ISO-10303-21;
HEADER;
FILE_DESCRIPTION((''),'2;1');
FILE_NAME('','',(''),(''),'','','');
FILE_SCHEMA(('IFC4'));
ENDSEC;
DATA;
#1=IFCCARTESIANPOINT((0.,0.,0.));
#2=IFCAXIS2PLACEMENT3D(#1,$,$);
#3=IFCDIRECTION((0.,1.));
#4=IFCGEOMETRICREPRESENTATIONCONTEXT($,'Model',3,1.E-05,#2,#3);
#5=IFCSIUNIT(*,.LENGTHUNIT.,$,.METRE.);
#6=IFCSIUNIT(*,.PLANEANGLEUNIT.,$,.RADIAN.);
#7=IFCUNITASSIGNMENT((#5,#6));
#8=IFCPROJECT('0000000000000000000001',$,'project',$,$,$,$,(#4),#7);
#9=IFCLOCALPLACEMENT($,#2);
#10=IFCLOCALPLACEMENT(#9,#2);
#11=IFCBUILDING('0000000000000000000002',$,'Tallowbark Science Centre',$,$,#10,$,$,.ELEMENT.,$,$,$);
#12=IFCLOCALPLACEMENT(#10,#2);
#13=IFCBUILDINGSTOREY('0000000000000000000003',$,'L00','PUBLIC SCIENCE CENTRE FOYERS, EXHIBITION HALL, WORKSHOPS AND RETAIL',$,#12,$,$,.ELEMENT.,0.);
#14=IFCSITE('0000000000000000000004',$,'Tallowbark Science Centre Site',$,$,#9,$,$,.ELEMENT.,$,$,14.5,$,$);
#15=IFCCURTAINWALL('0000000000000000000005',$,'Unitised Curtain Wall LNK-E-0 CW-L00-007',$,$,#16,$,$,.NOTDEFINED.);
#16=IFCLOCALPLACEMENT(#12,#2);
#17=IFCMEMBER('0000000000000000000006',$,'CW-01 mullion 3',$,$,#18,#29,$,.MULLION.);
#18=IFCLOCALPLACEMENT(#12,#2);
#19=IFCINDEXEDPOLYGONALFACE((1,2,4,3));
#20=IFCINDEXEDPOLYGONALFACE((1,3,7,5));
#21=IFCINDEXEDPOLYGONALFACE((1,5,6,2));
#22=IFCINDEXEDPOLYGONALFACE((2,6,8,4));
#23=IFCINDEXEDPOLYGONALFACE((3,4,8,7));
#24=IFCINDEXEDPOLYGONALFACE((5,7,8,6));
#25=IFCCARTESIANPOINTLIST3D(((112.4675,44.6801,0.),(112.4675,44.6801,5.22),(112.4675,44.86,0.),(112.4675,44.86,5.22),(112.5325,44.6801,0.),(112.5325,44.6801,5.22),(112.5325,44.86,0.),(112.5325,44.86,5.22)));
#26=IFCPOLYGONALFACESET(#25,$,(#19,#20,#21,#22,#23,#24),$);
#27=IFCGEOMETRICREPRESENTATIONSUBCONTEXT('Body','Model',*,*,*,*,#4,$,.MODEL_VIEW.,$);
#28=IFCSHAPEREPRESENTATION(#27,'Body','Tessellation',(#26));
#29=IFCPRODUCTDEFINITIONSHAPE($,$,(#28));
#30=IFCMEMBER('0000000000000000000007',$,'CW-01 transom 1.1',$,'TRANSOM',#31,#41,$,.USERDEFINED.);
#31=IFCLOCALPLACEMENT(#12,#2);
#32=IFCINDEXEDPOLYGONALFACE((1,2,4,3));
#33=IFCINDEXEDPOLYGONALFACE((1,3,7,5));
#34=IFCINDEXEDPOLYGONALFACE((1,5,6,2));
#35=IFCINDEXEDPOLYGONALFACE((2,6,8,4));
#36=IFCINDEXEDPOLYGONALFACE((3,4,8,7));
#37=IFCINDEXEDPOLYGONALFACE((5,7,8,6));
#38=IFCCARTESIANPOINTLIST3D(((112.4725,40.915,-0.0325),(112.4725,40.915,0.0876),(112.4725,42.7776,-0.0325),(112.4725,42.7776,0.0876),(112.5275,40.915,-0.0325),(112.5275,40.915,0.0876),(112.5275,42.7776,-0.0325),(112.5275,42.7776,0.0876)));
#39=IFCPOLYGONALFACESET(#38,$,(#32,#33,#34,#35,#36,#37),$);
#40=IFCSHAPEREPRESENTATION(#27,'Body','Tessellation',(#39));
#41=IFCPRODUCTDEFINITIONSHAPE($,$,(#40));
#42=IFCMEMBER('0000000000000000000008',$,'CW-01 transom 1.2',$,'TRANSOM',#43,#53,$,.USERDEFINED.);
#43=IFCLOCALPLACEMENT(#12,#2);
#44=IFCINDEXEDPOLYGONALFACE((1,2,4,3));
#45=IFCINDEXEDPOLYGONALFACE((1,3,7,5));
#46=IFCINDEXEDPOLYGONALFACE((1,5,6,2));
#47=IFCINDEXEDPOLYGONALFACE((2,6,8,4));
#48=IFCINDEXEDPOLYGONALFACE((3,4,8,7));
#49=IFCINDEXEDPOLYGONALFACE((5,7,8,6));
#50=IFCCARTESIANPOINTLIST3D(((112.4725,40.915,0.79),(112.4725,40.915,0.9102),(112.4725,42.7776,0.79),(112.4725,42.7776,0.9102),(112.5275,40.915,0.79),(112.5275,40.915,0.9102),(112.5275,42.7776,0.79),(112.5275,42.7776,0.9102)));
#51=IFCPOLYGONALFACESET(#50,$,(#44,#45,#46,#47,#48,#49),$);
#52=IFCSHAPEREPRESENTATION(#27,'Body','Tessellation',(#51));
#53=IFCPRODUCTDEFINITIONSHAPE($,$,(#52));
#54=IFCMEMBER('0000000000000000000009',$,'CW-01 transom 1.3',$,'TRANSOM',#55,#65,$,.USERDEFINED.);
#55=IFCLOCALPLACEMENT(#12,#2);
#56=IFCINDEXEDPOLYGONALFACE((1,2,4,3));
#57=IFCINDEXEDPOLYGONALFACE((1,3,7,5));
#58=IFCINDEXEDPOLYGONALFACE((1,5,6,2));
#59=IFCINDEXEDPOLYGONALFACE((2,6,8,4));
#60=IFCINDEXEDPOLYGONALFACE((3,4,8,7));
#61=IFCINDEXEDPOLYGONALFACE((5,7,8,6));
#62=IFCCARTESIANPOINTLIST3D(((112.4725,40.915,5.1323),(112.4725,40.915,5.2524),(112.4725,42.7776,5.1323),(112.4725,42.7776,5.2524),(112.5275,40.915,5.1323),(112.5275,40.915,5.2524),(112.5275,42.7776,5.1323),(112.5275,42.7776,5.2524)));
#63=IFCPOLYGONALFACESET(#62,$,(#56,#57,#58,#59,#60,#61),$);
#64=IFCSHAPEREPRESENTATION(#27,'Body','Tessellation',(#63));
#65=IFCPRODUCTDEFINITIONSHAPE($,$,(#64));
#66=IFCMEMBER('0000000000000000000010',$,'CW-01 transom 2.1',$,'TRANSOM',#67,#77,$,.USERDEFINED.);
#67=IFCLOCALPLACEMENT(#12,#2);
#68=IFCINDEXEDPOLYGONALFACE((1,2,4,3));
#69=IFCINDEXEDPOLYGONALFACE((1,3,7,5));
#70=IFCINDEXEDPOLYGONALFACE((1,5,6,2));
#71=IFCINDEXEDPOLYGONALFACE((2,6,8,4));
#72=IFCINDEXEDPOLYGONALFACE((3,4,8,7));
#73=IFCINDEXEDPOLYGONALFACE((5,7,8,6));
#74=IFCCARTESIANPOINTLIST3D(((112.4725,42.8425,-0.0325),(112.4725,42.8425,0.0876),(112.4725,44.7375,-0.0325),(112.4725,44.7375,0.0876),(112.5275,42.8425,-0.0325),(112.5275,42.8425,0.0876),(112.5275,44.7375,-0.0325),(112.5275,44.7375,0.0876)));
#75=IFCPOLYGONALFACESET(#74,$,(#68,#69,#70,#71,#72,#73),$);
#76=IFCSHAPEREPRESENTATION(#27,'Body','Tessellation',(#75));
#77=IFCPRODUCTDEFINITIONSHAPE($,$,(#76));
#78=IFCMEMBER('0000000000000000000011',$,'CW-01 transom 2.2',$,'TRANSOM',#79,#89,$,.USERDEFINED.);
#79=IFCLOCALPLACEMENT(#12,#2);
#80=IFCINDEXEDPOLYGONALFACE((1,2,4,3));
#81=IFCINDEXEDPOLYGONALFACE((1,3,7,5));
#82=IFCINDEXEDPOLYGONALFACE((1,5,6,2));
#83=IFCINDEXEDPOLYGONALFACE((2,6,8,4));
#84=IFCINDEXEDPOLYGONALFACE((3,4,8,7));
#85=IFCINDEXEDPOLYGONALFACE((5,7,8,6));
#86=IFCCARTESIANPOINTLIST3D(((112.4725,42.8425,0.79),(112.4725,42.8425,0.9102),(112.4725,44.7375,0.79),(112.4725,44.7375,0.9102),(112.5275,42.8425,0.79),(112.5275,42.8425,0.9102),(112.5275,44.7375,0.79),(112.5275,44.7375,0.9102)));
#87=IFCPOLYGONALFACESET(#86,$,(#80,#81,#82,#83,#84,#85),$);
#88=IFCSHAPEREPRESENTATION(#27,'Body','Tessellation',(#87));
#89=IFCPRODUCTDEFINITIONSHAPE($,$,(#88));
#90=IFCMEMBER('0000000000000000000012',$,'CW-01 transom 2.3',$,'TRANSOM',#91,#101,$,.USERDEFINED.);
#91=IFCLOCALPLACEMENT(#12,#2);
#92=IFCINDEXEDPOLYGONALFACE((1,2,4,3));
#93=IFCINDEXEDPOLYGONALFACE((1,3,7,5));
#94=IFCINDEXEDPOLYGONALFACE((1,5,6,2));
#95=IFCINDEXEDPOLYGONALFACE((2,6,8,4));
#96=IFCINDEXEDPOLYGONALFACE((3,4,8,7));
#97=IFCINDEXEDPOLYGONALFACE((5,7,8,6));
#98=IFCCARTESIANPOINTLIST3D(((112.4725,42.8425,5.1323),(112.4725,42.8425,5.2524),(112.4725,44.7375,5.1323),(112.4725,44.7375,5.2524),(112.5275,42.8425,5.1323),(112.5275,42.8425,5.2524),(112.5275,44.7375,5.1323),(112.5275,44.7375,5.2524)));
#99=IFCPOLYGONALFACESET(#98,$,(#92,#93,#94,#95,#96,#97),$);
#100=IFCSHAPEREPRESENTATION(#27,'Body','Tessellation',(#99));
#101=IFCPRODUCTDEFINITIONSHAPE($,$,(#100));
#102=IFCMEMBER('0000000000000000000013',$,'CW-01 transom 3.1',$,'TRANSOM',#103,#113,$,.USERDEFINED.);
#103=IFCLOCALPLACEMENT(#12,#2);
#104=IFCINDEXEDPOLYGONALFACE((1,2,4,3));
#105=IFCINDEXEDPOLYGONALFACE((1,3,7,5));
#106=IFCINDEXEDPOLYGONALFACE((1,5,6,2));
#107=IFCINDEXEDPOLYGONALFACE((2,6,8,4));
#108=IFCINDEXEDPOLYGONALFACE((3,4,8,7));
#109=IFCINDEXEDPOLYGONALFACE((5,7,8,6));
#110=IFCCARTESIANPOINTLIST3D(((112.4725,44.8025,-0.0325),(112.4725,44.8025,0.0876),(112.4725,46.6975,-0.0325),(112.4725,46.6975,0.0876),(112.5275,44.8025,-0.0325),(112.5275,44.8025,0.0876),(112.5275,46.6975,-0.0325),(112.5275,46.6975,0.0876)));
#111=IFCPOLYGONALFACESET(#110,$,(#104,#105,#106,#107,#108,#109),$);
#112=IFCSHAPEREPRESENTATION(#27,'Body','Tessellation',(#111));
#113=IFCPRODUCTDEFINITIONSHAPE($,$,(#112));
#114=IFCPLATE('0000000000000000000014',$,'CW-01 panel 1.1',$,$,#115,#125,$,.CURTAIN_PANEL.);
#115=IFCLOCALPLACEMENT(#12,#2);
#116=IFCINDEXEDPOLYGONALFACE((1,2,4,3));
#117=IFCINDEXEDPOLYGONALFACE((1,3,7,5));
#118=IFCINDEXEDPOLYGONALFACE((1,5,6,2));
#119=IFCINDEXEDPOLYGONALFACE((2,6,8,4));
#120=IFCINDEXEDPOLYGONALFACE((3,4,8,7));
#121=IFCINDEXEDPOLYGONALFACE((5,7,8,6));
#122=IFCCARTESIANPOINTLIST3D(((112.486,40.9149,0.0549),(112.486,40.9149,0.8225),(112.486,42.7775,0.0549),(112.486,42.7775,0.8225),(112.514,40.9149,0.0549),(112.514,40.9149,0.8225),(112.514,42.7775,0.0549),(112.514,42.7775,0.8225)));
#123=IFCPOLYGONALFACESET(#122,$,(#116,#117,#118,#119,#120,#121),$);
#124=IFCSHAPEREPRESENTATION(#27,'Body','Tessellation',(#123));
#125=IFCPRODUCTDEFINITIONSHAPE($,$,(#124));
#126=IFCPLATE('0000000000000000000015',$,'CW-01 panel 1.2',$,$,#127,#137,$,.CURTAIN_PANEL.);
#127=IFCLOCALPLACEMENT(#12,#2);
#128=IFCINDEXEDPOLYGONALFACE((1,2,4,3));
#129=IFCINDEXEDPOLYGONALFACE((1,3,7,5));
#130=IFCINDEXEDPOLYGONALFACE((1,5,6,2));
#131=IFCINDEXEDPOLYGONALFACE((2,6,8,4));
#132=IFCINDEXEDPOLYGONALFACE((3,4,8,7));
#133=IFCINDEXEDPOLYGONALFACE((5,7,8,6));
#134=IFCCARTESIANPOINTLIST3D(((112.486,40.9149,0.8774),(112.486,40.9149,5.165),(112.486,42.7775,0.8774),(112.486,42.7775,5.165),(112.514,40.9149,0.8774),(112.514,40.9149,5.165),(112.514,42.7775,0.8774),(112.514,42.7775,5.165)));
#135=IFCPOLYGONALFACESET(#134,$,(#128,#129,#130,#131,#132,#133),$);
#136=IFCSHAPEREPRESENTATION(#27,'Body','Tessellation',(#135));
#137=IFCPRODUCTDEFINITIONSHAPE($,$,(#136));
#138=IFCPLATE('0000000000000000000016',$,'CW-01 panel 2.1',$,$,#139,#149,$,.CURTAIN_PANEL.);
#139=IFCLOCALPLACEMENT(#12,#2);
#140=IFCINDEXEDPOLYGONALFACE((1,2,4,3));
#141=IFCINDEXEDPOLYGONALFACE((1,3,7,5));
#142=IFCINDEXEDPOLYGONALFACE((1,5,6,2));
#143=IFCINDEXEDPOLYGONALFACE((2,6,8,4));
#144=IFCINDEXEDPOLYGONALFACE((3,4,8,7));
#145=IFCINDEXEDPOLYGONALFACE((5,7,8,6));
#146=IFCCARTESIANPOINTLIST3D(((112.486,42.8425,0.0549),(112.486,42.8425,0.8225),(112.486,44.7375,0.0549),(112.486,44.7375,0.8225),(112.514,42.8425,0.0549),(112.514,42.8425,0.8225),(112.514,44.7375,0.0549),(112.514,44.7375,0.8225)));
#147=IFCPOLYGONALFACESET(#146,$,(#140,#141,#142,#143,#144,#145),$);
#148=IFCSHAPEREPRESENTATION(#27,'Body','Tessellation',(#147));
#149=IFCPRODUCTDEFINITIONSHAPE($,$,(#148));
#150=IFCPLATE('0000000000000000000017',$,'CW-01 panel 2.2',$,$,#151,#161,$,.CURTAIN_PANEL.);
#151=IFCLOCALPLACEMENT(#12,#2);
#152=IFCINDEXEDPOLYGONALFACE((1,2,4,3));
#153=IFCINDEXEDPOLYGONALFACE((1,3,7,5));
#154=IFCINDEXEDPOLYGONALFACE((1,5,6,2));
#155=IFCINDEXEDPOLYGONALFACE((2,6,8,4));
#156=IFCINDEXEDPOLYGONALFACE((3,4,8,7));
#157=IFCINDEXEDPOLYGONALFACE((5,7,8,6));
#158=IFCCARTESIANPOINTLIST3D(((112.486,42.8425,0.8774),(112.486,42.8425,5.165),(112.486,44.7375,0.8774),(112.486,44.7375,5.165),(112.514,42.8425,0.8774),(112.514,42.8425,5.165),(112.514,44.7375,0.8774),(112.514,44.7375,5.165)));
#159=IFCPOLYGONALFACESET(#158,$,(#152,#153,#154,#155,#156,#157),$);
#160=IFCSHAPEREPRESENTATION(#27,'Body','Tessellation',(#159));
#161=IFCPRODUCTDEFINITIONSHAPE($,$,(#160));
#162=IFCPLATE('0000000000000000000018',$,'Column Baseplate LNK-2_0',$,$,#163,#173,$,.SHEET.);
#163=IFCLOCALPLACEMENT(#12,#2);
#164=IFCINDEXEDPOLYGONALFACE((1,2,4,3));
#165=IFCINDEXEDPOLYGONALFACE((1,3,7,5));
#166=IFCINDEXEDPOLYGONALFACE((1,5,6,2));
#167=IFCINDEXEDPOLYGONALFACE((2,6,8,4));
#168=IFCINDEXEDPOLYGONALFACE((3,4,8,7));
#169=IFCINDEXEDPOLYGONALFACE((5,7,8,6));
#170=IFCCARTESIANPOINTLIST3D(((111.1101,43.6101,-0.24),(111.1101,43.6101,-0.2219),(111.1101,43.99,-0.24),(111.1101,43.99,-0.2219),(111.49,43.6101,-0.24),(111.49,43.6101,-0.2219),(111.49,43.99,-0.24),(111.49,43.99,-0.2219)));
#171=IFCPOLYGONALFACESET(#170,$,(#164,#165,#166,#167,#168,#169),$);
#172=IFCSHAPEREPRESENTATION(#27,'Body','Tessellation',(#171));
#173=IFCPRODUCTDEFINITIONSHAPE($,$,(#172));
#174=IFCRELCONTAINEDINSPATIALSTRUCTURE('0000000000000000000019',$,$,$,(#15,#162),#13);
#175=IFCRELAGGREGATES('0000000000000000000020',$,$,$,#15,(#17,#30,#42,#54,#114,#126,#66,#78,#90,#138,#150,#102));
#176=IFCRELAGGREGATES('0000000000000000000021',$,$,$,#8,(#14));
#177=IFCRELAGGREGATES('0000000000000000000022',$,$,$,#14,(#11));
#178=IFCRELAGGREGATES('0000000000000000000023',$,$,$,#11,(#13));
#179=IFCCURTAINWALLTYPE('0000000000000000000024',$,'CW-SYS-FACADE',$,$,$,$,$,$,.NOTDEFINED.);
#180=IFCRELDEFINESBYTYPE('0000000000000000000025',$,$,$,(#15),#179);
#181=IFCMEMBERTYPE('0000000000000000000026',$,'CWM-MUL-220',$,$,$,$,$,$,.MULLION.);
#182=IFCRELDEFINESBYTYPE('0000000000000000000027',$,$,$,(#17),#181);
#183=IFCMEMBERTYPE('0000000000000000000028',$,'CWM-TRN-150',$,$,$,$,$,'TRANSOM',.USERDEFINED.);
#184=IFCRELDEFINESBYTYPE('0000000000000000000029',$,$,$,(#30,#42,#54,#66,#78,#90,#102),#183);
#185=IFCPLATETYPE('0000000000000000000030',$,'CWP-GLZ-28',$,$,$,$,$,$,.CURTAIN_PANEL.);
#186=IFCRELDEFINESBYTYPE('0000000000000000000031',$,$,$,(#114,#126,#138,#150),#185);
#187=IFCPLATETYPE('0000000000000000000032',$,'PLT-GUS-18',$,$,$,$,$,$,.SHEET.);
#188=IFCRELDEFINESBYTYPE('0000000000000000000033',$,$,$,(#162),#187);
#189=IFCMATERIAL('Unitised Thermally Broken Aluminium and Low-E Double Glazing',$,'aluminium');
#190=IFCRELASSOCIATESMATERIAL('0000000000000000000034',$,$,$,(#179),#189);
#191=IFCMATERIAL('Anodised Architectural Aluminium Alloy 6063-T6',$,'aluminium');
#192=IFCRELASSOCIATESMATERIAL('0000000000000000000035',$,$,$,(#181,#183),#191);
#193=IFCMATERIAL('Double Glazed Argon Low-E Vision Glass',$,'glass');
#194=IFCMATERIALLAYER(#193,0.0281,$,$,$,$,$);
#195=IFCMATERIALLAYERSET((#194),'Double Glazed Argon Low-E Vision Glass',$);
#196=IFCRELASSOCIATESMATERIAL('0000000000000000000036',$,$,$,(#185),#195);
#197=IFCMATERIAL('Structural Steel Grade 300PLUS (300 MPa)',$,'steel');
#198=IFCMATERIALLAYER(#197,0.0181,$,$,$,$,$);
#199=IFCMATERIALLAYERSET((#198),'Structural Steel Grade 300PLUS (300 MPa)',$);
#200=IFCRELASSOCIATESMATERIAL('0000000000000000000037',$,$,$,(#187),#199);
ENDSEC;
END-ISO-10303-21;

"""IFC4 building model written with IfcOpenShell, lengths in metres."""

from ifc_helpers import new_model, si_unit, direction, frame, origin, origin_2d, place, context, subcontext, project, spatial, rectangle, extrude, material, layer, layer_set, material_profile, profile_set, type_object, element, aggregate, save


model = new_model("IFC4")

# Units and contexts
model_context = context("Model", 3, precision=1e-05, world=origin(), true_north=direction((0.0, 1.0)))
body_context = subcontext(model_context, "Body", "Model", "MODEL_VIEW")
ifc_project = project(units=[si_unit("LENGTHUNIT", "METRE"), si_unit("PLANEANGLEUNIT", "RADIAN")], contexts=[model_context])

# Site, building, storey
site_placement = place(None, origin())
site = spatial("IfcSite", under=ifc_project, at=site_placement, Name="Tallowbark Science Centre Site", CompositionType="ELEMENT", RefElevation=14.5)
building_placement = place(site_placement, origin())
building = spatial("IfcBuilding", under=site, at=building_placement, Name="Tallowbark Science Centre", CompositionType="ELEMENT")
storey_placement = place(building_placement, origin())
storey = spatial("IfcBuildingStorey", under=building, at=storey_placement, Name="L00", Description="PUBLIC SCIENCE CENTRE FOYERS, EXHIBITION HALL, WORKSHOPS AND RETAIL", CompositionType="ELEMENT", Elevation=0.0)

# Shared definitions
ifc_material_1 = material(Name="Structural Steel Grade 300PLUS (300 MPa)", Category="steel")

# Curtain wall, members, plates
ifc_material_2 = material(Name="Unitised Thermally Broken Aluminium and Low-E Double Glazing", Category="aluminium")
curtain_wall_type = type_object("IfcCurtainWallType", Name="CW-SYS-FACADE", PredefinedType="NOTDEFINED", material=ifc_material_2)
curtain_wall_placement = place(storey_placement, origin())
curtain_wall = element("IfcCurtainWall", 1, at=curtain_wall_placement, inside=storey, type_object=curtain_wall_type, Name="Unitised Curtain Wall LNK-E-0 CW-L00-007", PredefinedType="NOTDEFINED")
ifc_material_3 = material(Name="Anodised Architectural Aluminium Alloy 6063-T6", Category="aluminium")
ifc_material_profile_1 = material_profile(ifc_material_3, rectangle(XDim=0.0649, YDim=0.1799, at=origin_2d()), Name="ALU65x180")
ifc_profile_set_1 = profile_set([ifc_material_profile_1], Name="Anodised Architectural Aluminium Alloy 6063-T6")
member_type_1 = type_object("IfcMemberType", Name="CWM-MUL-220", PredefinedType="MULLION", material=ifc_profile_set_1)
member_1_placement = place(storey_placement, frame((112.5, 44.77, 0.0), z_axis=(0.0, 0.0, 1.0), x_axis=(-1.0, 0.0, 0.0)))
member_1 = element("IfcMember", 2, at=member_1_placement, type_object=member_type_1, Name="CW-01 mullion 3", PredefinedType="MULLION", context=body_context, shape_type="SweptSolid", body=[
    extrude(rectangle(XDim=0.0649, YDim=0.1799, at=origin_2d()), origin(), (0.0, 0.0, 1.0), 5.22),
])
ifc_material_profile_2 = material_profile(ifc_material_3, rectangle(XDim=0.0549, YDim=0.1201, at=origin_2d()), Name="ALU55x120")
ifc_profile_set_2 = profile_set([ifc_material_profile_2], Name="Anodised Architectural Aluminium Alloy 6063-T6")
member_type_2 = type_object("IfcMemberType", Name="CWM-TRN-150", ElementType="TRANSOM", PredefinedType="USERDEFINED", material=ifc_profile_set_2)
member_2_placement = place(storey_placement, frame((112.5, 40.915, 0.0276), z_axis=(0.0, 1.0, 0.0), x_axis=(-1.0, 0.0, 0.0)))
member_2 = element("IfcMember", 3, at=member_2_placement, type_object=member_type_2, Name="CW-01 transom 1.1", ObjectType="TRANSOM", PredefinedType="USERDEFINED", context=body_context, shape_type="SweptSolid", body=[
    extrude(rectangle(XDim=0.0549, YDim=0.1201, at=origin_2d()), origin(), (0.0, 0.0, 1.0), 1.8625),
])
member_3_placement = place(storey_placement, frame((112.5, 40.915, 0.8501), z_axis=(0.0, 1.0, 0.0), x_axis=(-1.0, 0.0, 0.0)))
member_3 = element("IfcMember", 4, at=member_3_placement, type_object=member_type_2, Name="CW-01 transom 1.2", ObjectType="TRANSOM", PredefinedType="USERDEFINED", context=body_context, shape_type="SweptSolid", body=[
    extrude(rectangle(XDim=0.0549, YDim=0.1201, at=origin_2d()), origin(), (0.0, 0.0, 1.0), 1.8625),
])
member_4_placement = place(storey_placement, frame((112.5, 40.915, 5.1924), z_axis=(0.0, 1.0, 0.0), x_axis=(-1.0, 0.0, 0.0)))
member_4 = element("IfcMember", 5, at=member_4_placement, type_object=member_type_2, Name="CW-01 transom 1.3", ObjectType="TRANSOM", PredefinedType="USERDEFINED", context=body_context, shape_type="SweptSolid", body=[
    extrude(rectangle(XDim=0.0549, YDim=0.1201, at=origin_2d()), origin(), (0.0, 0.0, 1.0), 1.8625),
])
member_5_placement = place(storey_placement, frame((112.5, 42.8425, 0.0276), z_axis=(0.0, 1.0, 0.0), x_axis=(-1.0, 0.0, 0.0)))
member_5 = element("IfcMember", 6, at=member_5_placement, type_object=member_type_2, Name="CW-01 transom 2.1", ObjectType="TRANSOM", PredefinedType="USERDEFINED", context=body_context, shape_type="SweptSolid", body=[
    extrude(rectangle(XDim=0.0549, YDim=0.1201, at=origin_2d()), origin(), (0.0, 0.0, 1.0), 1.895),
])
member_6_placement = place(storey_placement, frame((112.5, 42.8425, 0.8501), z_axis=(0.0, 1.0, 0.0), x_axis=(-1.0, 0.0, 0.0)))
member_6 = element("IfcMember", 7, at=member_6_placement, type_object=member_type_2, Name="CW-01 transom 2.2", ObjectType="TRANSOM", PredefinedType="USERDEFINED", context=body_context, shape_type="SweptSolid", body=[
    extrude(rectangle(XDim=0.0549, YDim=0.1201, at=origin_2d()), origin(), (0.0, 0.0, 1.0), 1.895),
])
member_7_placement = place(storey_placement, frame((112.5, 42.8425, 5.1924), z_axis=(0.0, 1.0, 0.0), x_axis=(-1.0, 0.0, 0.0)))
member_7 = element("IfcMember", 8, at=member_7_placement, type_object=member_type_2, Name="CW-01 transom 2.3", ObjectType="TRANSOM", PredefinedType="USERDEFINED", context=body_context, shape_type="SweptSolid", body=[
    extrude(rectangle(XDim=0.0549, YDim=0.1201, at=origin_2d()), origin(), (0.0, 0.0, 1.0), 1.895),
])
member_8_placement = place(storey_placement, frame((112.5, 44.8025, 0.0276), z_axis=(0.0, 1.0, 0.0), x_axis=(-1.0, 0.0, 0.0)))
member_8 = element("IfcMember", 9, at=member_8_placement, type_object=member_type_2, Name="CW-01 transom 3.1", ObjectType="TRANSOM", PredefinedType="USERDEFINED", context=body_context, shape_type="SweptSolid", body=[
    extrude(rectangle(XDim=0.0549, YDim=0.1201, at=origin_2d()), origin(), (0.0, 0.0, 1.0), 1.895),
])
ifc_material_4 = material(Name="Double Glazed Argon Low-E Vision Glass", Category="glass")
ifc_layer_1 = layer(ifc_material_4, 0.0281)
ifc_layer_set_1 = layer_set([ifc_layer_1], Name="Double Glazed Argon Low-E Vision Glass")
plate_type_1 = type_object("IfcPlateType", Name="CWP-GLZ-28", PredefinedType="CURTAIN_PANEL", material=ifc_layer_set_1)
plate_1_placement = place(storey_placement, frame((112.5, 41.8462, 0.0549), z_axis=(0.0, 0.0, 1.0), x_axis=(0.0, 1.0, 0.0)))
plate_1 = element("IfcPlate", 10, at=plate_1_placement, type_object=plate_type_1, Name="CW-01 panel 1.1", PredefinedType="CURTAIN_PANEL", context=body_context, shape_type="SweptSolid", body=[
    extrude(rectangle(XDim=1.8625, YDim=0.0281, at=origin_2d()), origin(), (0.0, 0.0, 1.0), 0.7676),
])
plate_2_placement = place(storey_placement, frame((112.5, 41.8462, 0.8774), z_axis=(0.0, 0.0, 1.0), x_axis=(0.0, 1.0, 0.0)))
plate_2 = element("IfcPlate", 11, at=plate_2_placement, type_object=plate_type_1, Name="CW-01 panel 1.2", PredefinedType="CURTAIN_PANEL", context=body_context, shape_type="SweptSolid", body=[
    extrude(rectangle(XDim=1.8625, YDim=0.0281, at=origin_2d()), origin(), (0.0, 0.0, 1.0), 4.2876),
])
plate_3_placement = place(storey_placement, frame((112.5, 43.79, 0.0549), z_axis=(0.0, 0.0, 1.0), x_axis=(0.0, 1.0, 0.0)))
plate_3 = element("IfcPlate", 12, at=plate_3_placement, type_object=plate_type_1, Name="CW-01 panel 2.1", PredefinedType="CURTAIN_PANEL", context=body_context, shape_type="SweptSolid", body=[
    extrude(rectangle(XDim=1.895, YDim=0.0281, at=origin_2d()), origin(), (0.0, 0.0, 1.0), 0.7676),
])
plate_4_placement = place(storey_placement, frame((112.5, 43.79, 0.8774), z_axis=(0.0, 0.0, 1.0), x_axis=(0.0, 1.0, 0.0)))
plate_4 = element("IfcPlate", 13, at=plate_4_placement, type_object=plate_type_1, Name="CW-01 panel 2.2", PredefinedType="CURTAIN_PANEL", context=body_context, shape_type="SweptSolid", body=[
    extrude(rectangle(XDim=1.895, YDim=0.0281, at=origin_2d()), origin(), (0.0, 0.0, 1.0), 4.2876),
])
aggregate(curtain_wall, [member_1, member_2, member_3, member_4, plate_1, plate_2, member_5, member_6, member_7, plate_3, plate_4, member_8])

# Plate
ifc_layer_2 = layer(ifc_material_1, 0.0181)
ifc_layer_set_2 = layer_set([ifc_layer_2], Name="Structural Steel Grade 300PLUS (300 MPa)")
plate_type_2 = type_object("IfcPlateType", Name="PLT-GUS-18", PredefinedType="SHEET", material=ifc_layer_set_2)
plate_5_placement = place(storey_placement, frame((111.3, 43.8, -0.24), z_axis=(0.0, 0.0, 1.0), x_axis=(1.0, 0.0, 0.0)))
element("IfcPlate", 14, at=plate_5_placement, inside=storey, type_object=plate_type_2, Name="Column Baseplate LNK-2_0", PredefinedType="SHEET", context=body_context, shape_type="SweptSolid", body=[
    extrude(rectangle(XDim=0.3799, YDim=0.3799, at=origin_2d()), origin(), (0.0, 0.0, 1.0), 0.0181),
])

save(model, "model.ifc")
